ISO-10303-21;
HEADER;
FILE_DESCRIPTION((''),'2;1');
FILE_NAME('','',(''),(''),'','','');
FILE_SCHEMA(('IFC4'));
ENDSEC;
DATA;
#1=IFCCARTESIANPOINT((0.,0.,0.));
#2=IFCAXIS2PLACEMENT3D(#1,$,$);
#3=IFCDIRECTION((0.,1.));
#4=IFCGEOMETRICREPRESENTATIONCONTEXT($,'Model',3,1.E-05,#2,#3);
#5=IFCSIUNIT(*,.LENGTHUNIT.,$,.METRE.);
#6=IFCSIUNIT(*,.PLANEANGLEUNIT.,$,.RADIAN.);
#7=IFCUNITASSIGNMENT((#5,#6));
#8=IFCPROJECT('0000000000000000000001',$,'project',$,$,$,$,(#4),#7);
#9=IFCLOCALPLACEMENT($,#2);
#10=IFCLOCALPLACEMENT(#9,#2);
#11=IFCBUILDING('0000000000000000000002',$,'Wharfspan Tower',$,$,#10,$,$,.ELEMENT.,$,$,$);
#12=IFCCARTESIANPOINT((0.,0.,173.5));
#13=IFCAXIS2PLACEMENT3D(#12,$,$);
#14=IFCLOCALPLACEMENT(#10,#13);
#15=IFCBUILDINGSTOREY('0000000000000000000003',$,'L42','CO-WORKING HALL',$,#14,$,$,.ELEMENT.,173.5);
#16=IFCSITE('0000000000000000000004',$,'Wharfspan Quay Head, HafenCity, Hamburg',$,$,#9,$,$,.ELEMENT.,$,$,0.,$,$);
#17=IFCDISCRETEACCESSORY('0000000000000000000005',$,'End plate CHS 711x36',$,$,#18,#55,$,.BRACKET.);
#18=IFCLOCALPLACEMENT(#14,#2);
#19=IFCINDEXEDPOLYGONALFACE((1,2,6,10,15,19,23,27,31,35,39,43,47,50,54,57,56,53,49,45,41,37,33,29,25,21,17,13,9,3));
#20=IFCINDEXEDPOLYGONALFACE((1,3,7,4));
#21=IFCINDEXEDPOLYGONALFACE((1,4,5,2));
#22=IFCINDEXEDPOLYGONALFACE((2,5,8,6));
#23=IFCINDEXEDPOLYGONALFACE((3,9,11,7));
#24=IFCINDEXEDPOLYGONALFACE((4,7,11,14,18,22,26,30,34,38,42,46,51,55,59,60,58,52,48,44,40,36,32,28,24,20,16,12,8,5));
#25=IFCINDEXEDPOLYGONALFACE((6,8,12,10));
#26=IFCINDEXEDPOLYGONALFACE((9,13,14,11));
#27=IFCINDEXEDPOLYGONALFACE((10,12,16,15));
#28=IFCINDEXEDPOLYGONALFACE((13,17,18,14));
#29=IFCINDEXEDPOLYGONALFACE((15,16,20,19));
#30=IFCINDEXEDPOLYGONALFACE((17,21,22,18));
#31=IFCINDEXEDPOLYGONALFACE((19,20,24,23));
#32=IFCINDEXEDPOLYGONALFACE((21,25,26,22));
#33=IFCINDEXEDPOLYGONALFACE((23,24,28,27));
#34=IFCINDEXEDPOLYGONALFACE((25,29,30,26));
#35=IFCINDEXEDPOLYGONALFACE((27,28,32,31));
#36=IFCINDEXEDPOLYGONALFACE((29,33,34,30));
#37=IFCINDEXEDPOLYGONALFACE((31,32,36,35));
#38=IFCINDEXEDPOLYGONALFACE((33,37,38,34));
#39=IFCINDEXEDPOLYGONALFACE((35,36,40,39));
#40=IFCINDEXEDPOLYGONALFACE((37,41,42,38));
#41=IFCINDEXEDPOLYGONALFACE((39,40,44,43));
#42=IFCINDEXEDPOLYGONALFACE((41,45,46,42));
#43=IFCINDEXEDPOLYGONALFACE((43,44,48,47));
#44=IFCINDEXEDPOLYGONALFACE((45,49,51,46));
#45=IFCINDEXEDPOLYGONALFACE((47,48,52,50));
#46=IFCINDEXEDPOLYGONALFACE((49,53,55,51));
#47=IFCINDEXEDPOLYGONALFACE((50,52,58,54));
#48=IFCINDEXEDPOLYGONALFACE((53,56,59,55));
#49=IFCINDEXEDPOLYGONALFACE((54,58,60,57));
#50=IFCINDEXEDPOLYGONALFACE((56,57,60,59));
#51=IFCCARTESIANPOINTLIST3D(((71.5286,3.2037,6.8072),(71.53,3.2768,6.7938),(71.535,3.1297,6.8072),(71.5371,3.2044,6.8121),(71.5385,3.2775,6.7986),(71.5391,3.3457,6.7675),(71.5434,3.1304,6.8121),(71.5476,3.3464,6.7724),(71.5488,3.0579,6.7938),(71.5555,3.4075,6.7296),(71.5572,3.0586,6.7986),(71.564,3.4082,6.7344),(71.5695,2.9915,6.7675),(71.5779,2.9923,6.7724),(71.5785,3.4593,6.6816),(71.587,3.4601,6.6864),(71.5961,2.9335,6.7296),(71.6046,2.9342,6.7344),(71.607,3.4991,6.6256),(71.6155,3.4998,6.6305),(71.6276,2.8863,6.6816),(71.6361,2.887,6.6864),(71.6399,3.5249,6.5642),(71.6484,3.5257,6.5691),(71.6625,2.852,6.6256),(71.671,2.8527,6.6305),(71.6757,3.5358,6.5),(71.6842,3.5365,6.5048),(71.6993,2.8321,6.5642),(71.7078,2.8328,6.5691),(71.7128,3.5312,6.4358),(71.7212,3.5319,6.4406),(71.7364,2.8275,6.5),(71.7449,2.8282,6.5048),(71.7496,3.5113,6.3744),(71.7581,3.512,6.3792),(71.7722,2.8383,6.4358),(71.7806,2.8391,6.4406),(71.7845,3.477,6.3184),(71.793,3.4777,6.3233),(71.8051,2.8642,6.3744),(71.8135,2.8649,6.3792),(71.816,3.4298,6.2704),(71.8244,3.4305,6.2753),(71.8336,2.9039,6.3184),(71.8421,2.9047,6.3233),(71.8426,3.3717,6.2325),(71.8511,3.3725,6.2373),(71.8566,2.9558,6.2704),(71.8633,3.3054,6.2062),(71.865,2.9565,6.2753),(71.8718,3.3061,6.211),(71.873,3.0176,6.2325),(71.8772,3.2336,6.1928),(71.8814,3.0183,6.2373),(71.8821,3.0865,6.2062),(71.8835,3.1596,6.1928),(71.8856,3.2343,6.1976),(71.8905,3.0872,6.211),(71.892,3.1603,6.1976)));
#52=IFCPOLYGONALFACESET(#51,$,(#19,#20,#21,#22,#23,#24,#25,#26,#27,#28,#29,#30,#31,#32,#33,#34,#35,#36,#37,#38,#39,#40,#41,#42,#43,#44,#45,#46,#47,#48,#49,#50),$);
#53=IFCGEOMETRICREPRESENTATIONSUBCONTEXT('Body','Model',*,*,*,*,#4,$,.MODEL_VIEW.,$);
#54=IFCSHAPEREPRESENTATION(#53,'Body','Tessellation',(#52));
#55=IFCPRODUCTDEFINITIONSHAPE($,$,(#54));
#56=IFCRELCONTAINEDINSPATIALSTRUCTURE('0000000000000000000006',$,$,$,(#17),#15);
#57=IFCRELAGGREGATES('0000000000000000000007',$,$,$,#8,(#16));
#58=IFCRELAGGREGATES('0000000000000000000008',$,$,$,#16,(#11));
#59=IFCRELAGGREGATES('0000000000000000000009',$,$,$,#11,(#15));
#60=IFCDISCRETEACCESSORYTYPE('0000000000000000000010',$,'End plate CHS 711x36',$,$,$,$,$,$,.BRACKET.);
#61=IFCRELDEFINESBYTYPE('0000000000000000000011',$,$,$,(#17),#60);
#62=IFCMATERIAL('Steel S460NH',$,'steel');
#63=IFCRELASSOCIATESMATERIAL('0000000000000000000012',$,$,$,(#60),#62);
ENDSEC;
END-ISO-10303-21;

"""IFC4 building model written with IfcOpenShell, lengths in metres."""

from ifc_helpers import new_model, si_unit, direction, frame, origin, origin_2d, place, context, subcontext, project, spatial, circle, extrude, material, material_profile, profile_set, type_object, element, save


model = new_model("IFC4")

# Units and contexts
model_context = context("Model", 3, precision=1e-05, world=origin(), true_north=direction((0.0, 1.0)))
body_context = subcontext(model_context, "Body", "Model", "MODEL_VIEW")
ifc_project = project(units=[si_unit("LENGTHUNIT", "METRE"), si_unit("PLANEANGLEUNIT", "RADIAN")], contexts=[model_context])

# Site, building, storey
site_placement = place(None, origin())
site = spatial("IfcSite", under=ifc_project, at=site_placement, Name="Wharfspan Quay Head, HafenCity, Hamburg", CompositionType="ELEMENT", RefElevation=0.0)
building_placement = place(site_placement, origin())
building = spatial("IfcBuilding", under=site, at=building_placement, Name="Wharfspan Tower", CompositionType="ELEMENT")
storey_placement = place(building_placement, frame((0.0, 0.0, 173.5)))
storey = spatial("IfcBuildingStorey", under=building, at=storey_placement, Name="L42", Description="CO-WORKING HALL", CompositionType="ELEMENT", Elevation=173.5)

# Shared definitions
ifc_material_1 = material(Name="Steel S460NH", Category="steel")

# Discrete accessory
ifc_material_profile_1 = material_profile(ifc_material_1, circle(Radius=0.3555, at=origin_2d()))
ifc_profile_set_1 = profile_set([ifc_material_profile_1], Name="Steel S460NH")
discrete_accessory_type = type_object("IfcDiscreteAccessoryType", Name="End plate CHS 711x36", PredefinedType="BRACKET", material=ifc_profile_set_1)
discrete_accessory_1_placement = place(storey_placement, frame((71.7061, 3.1816, 6.5), z_axis=(0.865849, 0.074216, 0.494771), x_axis=(-0.085402, 0.996345, 0.000001)))
element("IfcDiscreteAccessory", 1, at=discrete_accessory_1_placement, inside=storey, type_object=discrete_accessory_type, Name="End plate CHS 711x36", PredefinedType="BRACKET", context=body_context, shape_type="SweptSolid", body=[
    extrude(circle(Radius=0.3555, at=origin_2d()), origin(), (0.0, 0.0, 1.0), 0.0098),
])

save(model, "model.ifc")
